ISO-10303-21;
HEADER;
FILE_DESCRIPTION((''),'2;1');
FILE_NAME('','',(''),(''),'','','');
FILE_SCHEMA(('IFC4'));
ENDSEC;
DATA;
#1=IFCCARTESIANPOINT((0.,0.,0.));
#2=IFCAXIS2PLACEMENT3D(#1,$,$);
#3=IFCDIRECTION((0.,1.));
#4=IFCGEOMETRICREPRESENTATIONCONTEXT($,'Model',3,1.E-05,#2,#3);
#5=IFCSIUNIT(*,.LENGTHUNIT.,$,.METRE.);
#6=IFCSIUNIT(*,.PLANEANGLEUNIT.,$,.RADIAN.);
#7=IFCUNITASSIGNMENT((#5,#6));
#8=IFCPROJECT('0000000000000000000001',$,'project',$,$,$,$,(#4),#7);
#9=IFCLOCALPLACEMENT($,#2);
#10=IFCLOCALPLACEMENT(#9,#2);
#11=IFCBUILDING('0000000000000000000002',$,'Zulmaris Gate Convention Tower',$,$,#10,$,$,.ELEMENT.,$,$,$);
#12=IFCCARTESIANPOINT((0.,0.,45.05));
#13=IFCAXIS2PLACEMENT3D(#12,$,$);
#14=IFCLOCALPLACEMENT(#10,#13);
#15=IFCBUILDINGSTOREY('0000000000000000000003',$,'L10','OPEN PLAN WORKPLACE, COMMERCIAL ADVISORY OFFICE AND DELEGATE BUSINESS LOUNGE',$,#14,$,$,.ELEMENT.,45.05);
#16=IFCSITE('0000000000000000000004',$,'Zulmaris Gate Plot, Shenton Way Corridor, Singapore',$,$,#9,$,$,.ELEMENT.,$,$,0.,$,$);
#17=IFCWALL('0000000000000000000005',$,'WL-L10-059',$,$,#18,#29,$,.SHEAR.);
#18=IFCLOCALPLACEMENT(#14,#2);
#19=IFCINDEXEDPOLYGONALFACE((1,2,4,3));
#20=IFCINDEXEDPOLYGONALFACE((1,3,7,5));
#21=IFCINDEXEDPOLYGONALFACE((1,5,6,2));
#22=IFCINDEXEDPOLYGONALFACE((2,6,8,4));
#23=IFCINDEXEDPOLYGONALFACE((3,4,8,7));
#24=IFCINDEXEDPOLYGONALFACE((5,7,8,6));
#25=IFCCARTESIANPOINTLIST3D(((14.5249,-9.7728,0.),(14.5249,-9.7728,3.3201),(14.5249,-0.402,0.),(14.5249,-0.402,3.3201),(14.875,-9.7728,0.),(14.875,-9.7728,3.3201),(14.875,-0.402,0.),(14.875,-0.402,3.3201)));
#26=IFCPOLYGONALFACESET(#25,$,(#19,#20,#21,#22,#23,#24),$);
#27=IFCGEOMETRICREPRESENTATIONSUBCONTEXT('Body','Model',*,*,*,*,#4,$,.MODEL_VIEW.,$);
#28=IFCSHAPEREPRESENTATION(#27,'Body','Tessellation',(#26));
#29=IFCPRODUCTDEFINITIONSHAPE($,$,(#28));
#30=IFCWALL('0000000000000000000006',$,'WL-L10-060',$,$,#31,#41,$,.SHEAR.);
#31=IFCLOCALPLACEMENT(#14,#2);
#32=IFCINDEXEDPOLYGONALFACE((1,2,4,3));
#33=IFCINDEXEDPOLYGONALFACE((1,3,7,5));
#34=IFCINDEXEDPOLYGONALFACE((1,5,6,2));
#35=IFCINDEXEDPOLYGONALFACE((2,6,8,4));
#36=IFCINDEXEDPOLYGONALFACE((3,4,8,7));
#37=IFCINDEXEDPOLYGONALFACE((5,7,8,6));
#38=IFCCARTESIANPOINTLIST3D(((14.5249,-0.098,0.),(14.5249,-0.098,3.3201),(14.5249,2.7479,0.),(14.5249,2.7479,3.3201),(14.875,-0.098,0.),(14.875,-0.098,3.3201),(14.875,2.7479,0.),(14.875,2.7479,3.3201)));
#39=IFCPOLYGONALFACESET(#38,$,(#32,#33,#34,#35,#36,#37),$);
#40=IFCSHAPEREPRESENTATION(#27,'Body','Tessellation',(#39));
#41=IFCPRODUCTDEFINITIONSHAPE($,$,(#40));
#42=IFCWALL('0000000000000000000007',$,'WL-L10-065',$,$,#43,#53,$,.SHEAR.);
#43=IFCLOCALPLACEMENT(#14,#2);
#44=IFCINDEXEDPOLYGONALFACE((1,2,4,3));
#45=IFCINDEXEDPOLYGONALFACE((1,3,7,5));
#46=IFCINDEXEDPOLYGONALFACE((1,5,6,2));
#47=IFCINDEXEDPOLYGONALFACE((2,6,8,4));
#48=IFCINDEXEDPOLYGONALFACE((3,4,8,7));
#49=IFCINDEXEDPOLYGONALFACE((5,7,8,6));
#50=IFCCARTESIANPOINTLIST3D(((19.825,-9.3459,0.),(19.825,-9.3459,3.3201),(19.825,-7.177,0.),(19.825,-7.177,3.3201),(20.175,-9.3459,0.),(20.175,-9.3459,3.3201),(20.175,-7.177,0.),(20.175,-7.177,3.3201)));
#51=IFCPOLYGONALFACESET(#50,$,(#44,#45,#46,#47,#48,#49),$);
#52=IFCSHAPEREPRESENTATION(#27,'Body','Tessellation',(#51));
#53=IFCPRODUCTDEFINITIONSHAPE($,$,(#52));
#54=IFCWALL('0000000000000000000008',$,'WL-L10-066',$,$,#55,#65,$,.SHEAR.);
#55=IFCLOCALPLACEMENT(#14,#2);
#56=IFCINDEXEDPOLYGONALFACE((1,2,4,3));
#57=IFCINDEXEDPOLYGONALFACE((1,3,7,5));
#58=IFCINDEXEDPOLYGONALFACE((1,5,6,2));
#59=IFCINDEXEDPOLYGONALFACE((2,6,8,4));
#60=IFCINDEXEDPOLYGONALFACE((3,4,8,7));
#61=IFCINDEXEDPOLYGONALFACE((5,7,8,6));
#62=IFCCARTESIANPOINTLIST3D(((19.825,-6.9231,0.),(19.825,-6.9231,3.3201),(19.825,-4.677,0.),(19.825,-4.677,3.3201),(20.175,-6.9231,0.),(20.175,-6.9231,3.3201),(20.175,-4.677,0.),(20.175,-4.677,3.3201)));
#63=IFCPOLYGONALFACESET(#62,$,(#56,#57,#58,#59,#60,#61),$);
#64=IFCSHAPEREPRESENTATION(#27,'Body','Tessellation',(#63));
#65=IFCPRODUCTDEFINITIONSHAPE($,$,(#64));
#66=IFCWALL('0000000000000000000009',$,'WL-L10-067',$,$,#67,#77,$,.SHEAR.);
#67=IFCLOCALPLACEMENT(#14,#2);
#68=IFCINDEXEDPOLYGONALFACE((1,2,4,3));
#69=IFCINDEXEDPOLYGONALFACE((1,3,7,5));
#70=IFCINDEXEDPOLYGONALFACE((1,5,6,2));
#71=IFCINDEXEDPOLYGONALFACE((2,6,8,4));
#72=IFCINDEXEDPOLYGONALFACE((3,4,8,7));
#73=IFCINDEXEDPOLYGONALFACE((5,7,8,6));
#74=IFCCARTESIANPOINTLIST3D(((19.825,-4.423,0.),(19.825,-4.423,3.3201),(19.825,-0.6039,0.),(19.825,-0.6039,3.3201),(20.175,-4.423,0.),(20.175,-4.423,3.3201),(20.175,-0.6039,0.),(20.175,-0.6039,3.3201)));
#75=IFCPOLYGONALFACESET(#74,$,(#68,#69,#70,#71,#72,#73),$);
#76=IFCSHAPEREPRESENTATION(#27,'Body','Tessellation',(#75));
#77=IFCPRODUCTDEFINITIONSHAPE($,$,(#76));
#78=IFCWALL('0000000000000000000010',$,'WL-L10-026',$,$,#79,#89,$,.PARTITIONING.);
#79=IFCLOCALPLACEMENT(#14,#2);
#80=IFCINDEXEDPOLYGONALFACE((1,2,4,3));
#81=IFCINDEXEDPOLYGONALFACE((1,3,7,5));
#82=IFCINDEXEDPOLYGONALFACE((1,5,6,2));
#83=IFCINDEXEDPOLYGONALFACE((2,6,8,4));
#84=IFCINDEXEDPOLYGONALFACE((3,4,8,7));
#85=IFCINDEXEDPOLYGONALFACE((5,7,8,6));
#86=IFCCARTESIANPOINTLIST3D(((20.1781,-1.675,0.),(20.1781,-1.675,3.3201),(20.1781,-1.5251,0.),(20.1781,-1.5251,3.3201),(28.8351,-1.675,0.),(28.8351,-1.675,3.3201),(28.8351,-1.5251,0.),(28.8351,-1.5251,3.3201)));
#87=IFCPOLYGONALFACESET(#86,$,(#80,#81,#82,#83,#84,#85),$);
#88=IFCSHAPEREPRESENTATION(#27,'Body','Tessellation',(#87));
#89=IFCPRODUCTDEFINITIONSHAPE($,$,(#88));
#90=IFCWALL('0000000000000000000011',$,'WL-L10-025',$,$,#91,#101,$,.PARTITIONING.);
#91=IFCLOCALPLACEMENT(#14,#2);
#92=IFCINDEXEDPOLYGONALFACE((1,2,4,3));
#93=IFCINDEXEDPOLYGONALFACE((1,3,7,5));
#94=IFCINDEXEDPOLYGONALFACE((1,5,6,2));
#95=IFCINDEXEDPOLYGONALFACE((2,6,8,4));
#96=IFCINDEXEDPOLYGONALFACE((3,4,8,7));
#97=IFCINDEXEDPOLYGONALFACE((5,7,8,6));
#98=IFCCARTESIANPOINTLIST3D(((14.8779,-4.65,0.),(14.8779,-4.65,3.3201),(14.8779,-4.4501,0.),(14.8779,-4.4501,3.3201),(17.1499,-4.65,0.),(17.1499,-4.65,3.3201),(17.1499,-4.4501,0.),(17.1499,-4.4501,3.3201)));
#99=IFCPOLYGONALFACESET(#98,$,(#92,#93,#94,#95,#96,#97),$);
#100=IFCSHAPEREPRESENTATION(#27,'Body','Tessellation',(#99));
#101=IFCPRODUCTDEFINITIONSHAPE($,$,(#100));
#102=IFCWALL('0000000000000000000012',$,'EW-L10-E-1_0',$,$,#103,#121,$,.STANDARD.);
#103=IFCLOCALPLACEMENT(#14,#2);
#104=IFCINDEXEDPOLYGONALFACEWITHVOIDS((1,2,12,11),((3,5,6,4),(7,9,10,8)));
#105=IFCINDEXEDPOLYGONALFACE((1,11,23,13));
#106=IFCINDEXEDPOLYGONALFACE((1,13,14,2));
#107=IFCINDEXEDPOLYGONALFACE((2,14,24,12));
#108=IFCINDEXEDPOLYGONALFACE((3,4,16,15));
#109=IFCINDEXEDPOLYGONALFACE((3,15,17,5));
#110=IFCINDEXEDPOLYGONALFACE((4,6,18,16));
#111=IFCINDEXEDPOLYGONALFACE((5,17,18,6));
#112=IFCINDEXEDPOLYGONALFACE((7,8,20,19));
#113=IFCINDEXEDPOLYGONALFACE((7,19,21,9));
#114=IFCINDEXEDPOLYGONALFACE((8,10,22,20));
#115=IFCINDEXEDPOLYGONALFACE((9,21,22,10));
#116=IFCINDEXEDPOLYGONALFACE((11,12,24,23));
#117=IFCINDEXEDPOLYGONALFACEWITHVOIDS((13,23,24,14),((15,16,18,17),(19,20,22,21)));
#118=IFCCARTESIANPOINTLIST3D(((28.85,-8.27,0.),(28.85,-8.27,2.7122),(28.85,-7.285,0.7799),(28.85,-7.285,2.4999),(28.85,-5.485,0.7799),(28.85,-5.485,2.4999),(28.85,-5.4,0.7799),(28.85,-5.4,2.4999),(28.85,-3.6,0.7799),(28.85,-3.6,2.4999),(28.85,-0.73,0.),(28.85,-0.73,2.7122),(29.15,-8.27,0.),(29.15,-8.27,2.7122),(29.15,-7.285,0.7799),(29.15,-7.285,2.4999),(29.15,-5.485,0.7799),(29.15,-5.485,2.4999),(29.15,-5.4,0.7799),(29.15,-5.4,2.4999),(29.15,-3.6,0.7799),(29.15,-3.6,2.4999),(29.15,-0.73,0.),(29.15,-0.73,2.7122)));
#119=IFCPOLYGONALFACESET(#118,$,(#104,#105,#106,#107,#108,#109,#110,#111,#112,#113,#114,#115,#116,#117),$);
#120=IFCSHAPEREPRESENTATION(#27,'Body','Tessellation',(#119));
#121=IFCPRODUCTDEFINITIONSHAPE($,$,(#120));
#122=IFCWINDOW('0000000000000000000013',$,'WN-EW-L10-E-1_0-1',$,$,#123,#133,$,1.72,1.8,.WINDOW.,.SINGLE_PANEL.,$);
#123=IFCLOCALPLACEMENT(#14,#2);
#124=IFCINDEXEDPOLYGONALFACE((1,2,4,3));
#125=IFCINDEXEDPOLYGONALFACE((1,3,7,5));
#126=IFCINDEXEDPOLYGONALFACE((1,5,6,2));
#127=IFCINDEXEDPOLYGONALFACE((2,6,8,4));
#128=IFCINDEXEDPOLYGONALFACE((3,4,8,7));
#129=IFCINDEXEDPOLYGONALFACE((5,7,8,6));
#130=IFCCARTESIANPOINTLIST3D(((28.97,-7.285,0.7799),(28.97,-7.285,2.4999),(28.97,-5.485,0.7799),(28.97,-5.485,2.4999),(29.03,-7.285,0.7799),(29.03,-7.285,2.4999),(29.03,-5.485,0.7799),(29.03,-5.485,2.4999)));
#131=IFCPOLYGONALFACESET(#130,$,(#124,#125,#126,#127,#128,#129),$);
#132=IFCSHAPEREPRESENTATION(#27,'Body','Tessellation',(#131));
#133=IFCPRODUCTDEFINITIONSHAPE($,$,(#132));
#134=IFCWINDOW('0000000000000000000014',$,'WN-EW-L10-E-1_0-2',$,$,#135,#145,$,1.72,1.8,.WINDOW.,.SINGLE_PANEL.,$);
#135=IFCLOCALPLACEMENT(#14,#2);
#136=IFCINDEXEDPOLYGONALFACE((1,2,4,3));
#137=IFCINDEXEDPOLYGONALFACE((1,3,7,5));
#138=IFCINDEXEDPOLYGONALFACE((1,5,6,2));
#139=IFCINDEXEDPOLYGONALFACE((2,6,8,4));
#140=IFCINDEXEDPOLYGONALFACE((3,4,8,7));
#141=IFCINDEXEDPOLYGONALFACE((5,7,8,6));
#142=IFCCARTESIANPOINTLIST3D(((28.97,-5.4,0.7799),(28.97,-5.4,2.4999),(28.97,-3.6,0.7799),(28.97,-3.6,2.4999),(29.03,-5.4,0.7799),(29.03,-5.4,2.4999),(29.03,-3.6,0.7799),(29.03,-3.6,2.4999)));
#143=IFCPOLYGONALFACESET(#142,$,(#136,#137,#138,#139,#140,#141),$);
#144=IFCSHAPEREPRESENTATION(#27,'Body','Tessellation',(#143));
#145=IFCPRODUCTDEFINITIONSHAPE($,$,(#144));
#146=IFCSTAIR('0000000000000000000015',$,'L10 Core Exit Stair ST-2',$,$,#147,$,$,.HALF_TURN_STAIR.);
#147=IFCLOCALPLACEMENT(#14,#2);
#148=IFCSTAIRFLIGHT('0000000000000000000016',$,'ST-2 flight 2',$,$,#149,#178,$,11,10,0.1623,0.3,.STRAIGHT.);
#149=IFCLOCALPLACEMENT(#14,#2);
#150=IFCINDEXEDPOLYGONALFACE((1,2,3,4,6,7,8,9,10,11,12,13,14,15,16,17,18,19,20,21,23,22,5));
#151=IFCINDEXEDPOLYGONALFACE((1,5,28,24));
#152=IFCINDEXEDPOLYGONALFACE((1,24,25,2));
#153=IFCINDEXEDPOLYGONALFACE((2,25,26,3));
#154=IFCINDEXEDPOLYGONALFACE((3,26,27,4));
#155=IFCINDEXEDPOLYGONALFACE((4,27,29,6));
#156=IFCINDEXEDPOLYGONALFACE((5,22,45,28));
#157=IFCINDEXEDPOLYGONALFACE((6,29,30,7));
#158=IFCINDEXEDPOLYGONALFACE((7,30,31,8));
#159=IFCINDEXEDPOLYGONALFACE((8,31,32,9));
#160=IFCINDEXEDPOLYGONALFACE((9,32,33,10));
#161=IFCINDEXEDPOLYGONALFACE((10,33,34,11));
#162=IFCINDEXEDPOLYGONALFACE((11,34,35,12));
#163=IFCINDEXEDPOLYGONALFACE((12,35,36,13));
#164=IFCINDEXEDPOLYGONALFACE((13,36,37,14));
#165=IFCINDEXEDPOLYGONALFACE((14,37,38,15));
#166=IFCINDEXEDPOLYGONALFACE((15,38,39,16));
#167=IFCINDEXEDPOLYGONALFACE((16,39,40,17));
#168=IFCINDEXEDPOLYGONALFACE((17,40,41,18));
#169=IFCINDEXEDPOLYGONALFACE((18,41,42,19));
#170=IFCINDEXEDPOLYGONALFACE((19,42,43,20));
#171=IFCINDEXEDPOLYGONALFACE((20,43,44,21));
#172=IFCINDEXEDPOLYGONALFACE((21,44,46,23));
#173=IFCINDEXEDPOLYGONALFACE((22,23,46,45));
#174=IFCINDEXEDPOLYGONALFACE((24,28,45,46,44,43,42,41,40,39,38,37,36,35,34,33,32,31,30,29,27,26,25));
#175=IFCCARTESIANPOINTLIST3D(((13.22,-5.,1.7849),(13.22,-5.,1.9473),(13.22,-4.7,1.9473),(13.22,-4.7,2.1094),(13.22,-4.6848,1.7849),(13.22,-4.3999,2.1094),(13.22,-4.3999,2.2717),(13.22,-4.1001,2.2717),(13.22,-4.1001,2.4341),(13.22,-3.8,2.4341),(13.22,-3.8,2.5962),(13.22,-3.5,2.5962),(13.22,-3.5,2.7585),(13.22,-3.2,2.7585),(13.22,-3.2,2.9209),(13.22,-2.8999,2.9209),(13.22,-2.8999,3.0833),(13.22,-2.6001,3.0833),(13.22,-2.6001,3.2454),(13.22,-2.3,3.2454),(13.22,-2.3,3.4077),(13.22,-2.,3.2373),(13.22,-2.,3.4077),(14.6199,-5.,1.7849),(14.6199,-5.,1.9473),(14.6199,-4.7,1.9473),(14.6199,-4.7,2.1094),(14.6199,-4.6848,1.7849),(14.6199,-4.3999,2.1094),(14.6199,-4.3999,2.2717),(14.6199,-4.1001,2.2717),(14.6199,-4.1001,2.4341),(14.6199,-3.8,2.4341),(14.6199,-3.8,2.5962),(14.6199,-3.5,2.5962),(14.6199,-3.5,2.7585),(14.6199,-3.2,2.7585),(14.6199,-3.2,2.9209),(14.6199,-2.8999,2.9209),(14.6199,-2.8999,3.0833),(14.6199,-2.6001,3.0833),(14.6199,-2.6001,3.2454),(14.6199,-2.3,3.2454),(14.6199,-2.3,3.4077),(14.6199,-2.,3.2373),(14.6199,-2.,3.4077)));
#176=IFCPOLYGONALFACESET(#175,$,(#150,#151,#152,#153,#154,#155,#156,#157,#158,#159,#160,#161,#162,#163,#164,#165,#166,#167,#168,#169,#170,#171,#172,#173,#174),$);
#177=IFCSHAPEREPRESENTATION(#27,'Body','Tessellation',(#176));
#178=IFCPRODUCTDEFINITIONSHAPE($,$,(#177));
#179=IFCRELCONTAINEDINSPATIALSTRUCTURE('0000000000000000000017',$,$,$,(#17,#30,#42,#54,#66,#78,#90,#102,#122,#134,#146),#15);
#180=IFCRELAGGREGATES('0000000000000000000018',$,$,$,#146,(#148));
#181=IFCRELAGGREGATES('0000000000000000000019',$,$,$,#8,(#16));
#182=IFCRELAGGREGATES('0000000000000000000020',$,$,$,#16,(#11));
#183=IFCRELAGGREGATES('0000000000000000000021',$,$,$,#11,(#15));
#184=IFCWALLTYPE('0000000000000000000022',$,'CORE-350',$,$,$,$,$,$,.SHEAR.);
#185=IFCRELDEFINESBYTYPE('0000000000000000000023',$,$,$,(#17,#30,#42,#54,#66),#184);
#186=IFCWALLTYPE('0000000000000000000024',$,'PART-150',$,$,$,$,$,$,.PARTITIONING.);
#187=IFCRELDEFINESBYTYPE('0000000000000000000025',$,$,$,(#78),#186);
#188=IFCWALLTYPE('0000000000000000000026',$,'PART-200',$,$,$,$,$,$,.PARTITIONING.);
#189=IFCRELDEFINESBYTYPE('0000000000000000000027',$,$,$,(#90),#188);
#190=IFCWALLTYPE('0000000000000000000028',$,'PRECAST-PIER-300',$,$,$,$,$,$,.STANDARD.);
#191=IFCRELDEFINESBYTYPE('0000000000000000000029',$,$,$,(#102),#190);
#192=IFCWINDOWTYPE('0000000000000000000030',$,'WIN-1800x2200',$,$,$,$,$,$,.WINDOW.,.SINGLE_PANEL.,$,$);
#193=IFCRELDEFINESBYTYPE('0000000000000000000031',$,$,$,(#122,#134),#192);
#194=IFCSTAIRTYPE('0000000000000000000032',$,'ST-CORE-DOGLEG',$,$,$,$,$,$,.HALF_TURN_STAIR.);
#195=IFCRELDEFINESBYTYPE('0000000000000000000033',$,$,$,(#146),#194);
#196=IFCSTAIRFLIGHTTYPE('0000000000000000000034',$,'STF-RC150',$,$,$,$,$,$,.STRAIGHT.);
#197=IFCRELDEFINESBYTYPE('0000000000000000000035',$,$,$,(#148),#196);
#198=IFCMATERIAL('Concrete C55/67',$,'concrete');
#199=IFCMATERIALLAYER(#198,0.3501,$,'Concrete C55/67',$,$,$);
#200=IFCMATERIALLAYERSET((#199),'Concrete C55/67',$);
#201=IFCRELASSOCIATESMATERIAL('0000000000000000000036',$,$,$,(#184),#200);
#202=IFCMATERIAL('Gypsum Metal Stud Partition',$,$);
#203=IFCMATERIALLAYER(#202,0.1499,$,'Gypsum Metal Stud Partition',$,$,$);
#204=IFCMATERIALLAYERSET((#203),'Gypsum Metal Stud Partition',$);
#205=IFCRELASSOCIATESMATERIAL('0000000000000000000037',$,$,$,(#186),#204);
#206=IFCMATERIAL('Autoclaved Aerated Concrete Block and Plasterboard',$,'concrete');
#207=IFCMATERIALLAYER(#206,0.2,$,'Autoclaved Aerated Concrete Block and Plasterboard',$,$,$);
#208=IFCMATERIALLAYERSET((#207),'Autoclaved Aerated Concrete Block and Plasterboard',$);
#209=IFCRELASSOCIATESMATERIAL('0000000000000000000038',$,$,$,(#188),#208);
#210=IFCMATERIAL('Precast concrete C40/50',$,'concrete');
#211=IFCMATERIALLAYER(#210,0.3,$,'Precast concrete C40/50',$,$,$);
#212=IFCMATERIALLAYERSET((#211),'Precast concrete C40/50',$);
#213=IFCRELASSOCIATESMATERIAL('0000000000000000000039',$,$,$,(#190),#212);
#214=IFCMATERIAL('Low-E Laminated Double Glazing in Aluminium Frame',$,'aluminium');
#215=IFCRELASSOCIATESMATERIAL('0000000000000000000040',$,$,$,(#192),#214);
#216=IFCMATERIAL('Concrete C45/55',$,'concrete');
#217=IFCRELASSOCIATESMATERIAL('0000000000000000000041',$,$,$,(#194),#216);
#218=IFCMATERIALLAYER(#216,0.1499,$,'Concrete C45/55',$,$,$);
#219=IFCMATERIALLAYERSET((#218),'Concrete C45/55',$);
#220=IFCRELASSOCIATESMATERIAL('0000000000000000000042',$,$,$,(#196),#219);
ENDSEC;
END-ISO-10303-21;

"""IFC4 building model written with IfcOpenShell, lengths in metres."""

from ifc_helpers import new_model, si_unit, direction, frame, frame_2d, origin, place, context, subcontext, project, spatial, polyline, rectangle, outline, extrude, material, layer, layer_set, type_object, element, fill, aggregate, save


model = new_model("IFC4")

# Units and contexts
model_context = context("Model", 3, precision=1e-05, world=origin(), true_north=direction((0.0, 1.0)))
body_context = subcontext(model_context, "Body", "Model", "MODEL_VIEW")
ifc_project = project(units=[si_unit("LENGTHUNIT", "METRE"), si_unit("PLANEANGLEUNIT", "RADIAN")], contexts=[model_context])

# Site, building, storey
site_placement = place(None, origin())
site = spatial("IfcSite", under=ifc_project, at=site_placement, Name="Zulmaris Gate Plot, Shenton Way Corridor, Singapore", CompositionType="ELEMENT", RefElevation=0.0)
building_placement = place(site_placement, origin())
building = spatial("IfcBuilding", under=site, at=building_placement, Name="Zulmaris Gate Convention Tower", CompositionType="ELEMENT")
storey_placement = place(building_placement, frame((0.0, 0.0, 45.05)))
storey = spatial("IfcBuildingStorey", under=building, at=storey_placement, Name="L10", Description="OPEN PLAN WORKPLACE, COMMERCIAL ADVISORY OFFICE AND DELEGATE BUSINESS LOUNGE", CompositionType="ELEMENT", Elevation=45.05)

# Walls
ifc_material_1 = material(Name="Concrete C55/67", Category="concrete")
ifc_layer_1 = layer(ifc_material_1, 0.3501, Name="Concrete C55/67")
ifc_layer_set_1 = layer_set([ifc_layer_1], Name="Concrete C55/67")
wall_type_1 = type_object("IfcWallType", Name="CORE-350", PredefinedType="SHEAR", material=ifc_layer_set_1)
wall_1_placement = place(storey_placement, frame((14.7, -9.7729, 0.0), z_axis=(0.0, 0.0, 1.0), x_axis=(0.0, 1.0, 0.0)))
element("IfcWall", 1, at=wall_1_placement, inside=storey, type_object=wall_type_1, Name="WL-L10-059", PredefinedType="SHEAR", context=body_context, shape_type="SweptSolid", body=[
    extrude(rectangle(XDim=9.3708, YDim=0.3501, at=frame_2d((4.6855, 0.0))), origin(), (0.0, 0.0, 1.0), 3.3201),
])
wall_2_placement = place(storey_placement, frame((14.7, -0.0979, 0.0), z_axis=(0.0, 0.0, 1.0), x_axis=(0.0, 1.0, 0.0)))
element("IfcWall", 2, at=wall_2_placement, inside=storey, type_object=wall_type_1, Name="WL-L10-060", PredefinedType="SHEAR", context=body_context, shape_type="SweptSolid", body=[
    extrude(rectangle(XDim=2.8459, YDim=0.3501, at=frame_2d((1.4229, 0.0))), origin(), (0.0, 0.0, 1.0), 3.3201),
])
wall_3_placement = place(storey_placement, frame((20.0, -9.3459, 0.0), z_axis=(0.0, 0.0, 1.0), x_axis=(0.0, 1.0, 0.0)))
element("IfcWall", 3, at=wall_3_placement, inside=storey, type_object=wall_type_1, Name="WL-L10-065", PredefinedType="SHEAR", context=body_context, shape_type="SweptSolid", body=[
    extrude(rectangle(XDim=2.1689, YDim=0.3501, at=frame_2d((1.0845, 0.0))), origin(), (0.0, 0.0, 1.0), 3.3201),
])
wall_4_placement = place(storey_placement, frame((20.0, -6.9231, 0.0), z_axis=(0.0, 0.0, 1.0), x_axis=(0.0, 1.0, 0.0)))
element("IfcWall", 4, at=wall_4_placement, inside=storey, type_object=wall_type_1, Name="WL-L10-066", PredefinedType="SHEAR", context=body_context, shape_type="SweptSolid", body=[
    extrude(rectangle(XDim=2.2461, YDim=0.3501, at=frame_2d((1.123, 0.0))), origin(), (0.0, 0.0, 1.0), 3.3201),
])
wall_5_placement = place(storey_placement, frame((20.0, -4.4231, 0.0), z_axis=(0.0, 0.0, 1.0), x_axis=(0.0, 1.0, 0.0)))
element("IfcWall", 5, at=wall_5_placement, inside=storey, type_object=wall_type_1, Name="WL-L10-067", PredefinedType="SHEAR", context=body_context, shape_type="SweptSolid", body=[
    extrude(rectangle(XDim=3.8191, YDim=0.3501, at=frame_2d((1.9097, 0.0))), origin(), (0.0, 0.0, 1.0), 3.3201),
])
ifc_material_2 = material(Name="Gypsum Metal Stud Partition")
ifc_layer_2 = layer(ifc_material_2, 0.1499, Name="Gypsum Metal Stud Partition")
ifc_layer_set_2 = layer_set([ifc_layer_2], Name="Gypsum Metal Stud Partition")
wall_type_2 = type_object("IfcWallType", Name="PART-150", PredefinedType="PARTITIONING", material=ifc_layer_set_2)
wall_6_placement = place(storey_placement, frame((20.178, -1.6001, 0.0), z_axis=(0.0, 0.0, 1.0), x_axis=(1.0, 0.0, 0.0)))
element("IfcWall", 6, at=wall_6_placement, inside=storey, type_object=wall_type_2, Name="WL-L10-026", PredefinedType="PARTITIONING", context=body_context, shape_type="SweptSolid", body=[
    extrude(rectangle(XDim=8.657, YDim=0.1499, at=frame_2d((4.3286, 0.0))), origin(), (0.0, 0.0, 1.0), 3.3201),
])
ifc_material_3 = material(Name="Autoclaved Aerated Concrete Block and Plasterboard", Category="concrete")
ifc_layer_3 = layer(ifc_material_3, 0.2, Name="Autoclaved Aerated Concrete Block and Plasterboard")
ifc_layer_set_3 = layer_set([ifc_layer_3], Name="Autoclaved Aerated Concrete Block and Plasterboard")
wall_type_3 = type_object("IfcWallType", Name="PART-200", PredefinedType="PARTITIONING", material=ifc_layer_set_3)
wall_7_placement = place(storey_placement, frame((14.8779, -4.55, 0.0), z_axis=(0.0, 0.0, 1.0), x_axis=(1.0, 0.0, 0.0)))
element("IfcWall", 7, at=wall_7_placement, inside=storey, type_object=wall_type_3, Name="WL-L10-025", PredefinedType="PARTITIONING", context=body_context, shape_type="SweptSolid", body=[
    extrude(rectangle(XDim=2.272, YDim=0.2, at=frame_2d((1.136, 0.0))), origin(), (0.0, 0.0, 1.0), 3.3201),
])

# Wall, openings, windows
ifc_material_4 = material(Name="Precast concrete C40/50", Category="concrete")
ifc_layer_4 = layer(ifc_material_4, 0.3, Name="Precast concrete C40/50")
ifc_layer_set_4 = layer_set([ifc_layer_4], Name="Precast concrete C40/50")
wall_type_4 = type_object("IfcWallType", Name="PRECAST-PIER-300", PredefinedType="STANDARD", material=ifc_layer_set_4)
wall_8_placement = place(storey_placement, frame((29.0, -8.27, 0.0), z_axis=(0.0, 0.0, 1.0), x_axis=(0.0, 1.0, 0.0)))
wall_8 = element("IfcWall", 8, at=wall_8_placement, inside=storey, type_object=wall_type_4, Name="EW-L10-E-1_0", PredefinedType="STANDARD", context=body_context, shape_type="SweptSolid", body=[
    extrude(rectangle(XDim=7.54, YDim=0.3, at=frame_2d((3.77, 0.0))), origin(), (0.0, 0.0, 1.0), 2.7122),
])
opening_1_placement = place(wall_8_placement, frame((0.9851, 0.0, 0.78)))
opening_1 = element("IfcOpeningElement", 9, at=opening_1_placement, cuts=wall_8, PredefinedType="OPENING", context=body_context, shape_type="SweptSolid", body=[
    extrude(rectangle(XDim=1.8, YDim=1.72, at=frame_2d((0.8999, 0.8599))), frame((0.0, 0.1602, 0.0), z_axis=(0.0, -1.0, 0.0), x_axis=(1.0, 0.0, 0.0)), (0.0, 0.0, 1.0), 0.3201),
])
opening_2_placement = place(wall_8_placement, frame((2.8701, 0.0, 0.78)))
opening_2 = element("IfcOpeningElement", 10, at=opening_2_placement, cuts=wall_8, PredefinedType="OPENING", context=body_context, shape_type="SweptSolid", body=[
    extrude(rectangle(XDim=1.8, YDim=1.72, at=frame_2d((0.8999, 0.8599))), frame((0.0, 0.1602, 0.0), z_axis=(0.0, -1.0, 0.0), x_axis=(1.0, 0.0, 0.0)), (0.0, 0.0, 1.0), 0.3201),
])
ifc_material_5 = material(Name="Low-E Laminated Double Glazing in Aluminium Frame", Category="aluminium")
window_type = type_object("IfcWindowType", Name="WIN-1800x2200", PartitioningType="SINGLE_PANEL", PredefinedType="WINDOW", material=ifc_material_5)
window_1_placement = place(opening_1_placement, origin())
window_1 = element("IfcWindow", 11, at=window_1_placement, inside=storey, type_object=window_type, Name="WN-EW-L10-E-1_0-1", OverallHeight=1.72, OverallWidth=1.8, PartitioningType="SINGLE_PANEL", PredefinedType="WINDOW", context=body_context, shape_type="SweptSolid", body=[
    extrude(rectangle(XDim=1.8, YDim=1.72, at=frame_2d((0.8999, 0.8599))), frame((0.0, 0.03, 0.0), z_axis=(0.0, -1.0, 0.0), x_axis=(1.0, 0.0, 0.0)), (0.0, 0.0, 1.0), 0.0601),
])
fill(opening_1, window_1)
window_2_placement = place(opening_2_placement, origin())
window_2 = element("IfcWindow", 12, at=window_2_placement, inside=storey, type_object=window_type, Name="WN-EW-L10-E-1_0-2", OverallHeight=1.72, OverallWidth=1.8, PartitioningType="SINGLE_PANEL", PredefinedType="WINDOW", context=body_context, shape_type="SweptSolid", body=[
    extrude(rectangle(XDim=1.8, YDim=1.72, at=frame_2d((0.8999, 0.8599))), frame((0.0, 0.03, 0.0), z_axis=(0.0, -1.0, 0.0), x_axis=(1.0, 0.0, 0.0)), (0.0, 0.0, 1.0), 0.0601),
])
fill(opening_2, window_2)

# Stair, stair flight
ifc_material_6 = material(Name="Concrete C45/55", Category="concrete")
stair_type = type_object("IfcStairType", Name="ST-CORE-DOGLEG", PredefinedType="HALF_TURN_STAIR", material=ifc_material_6)
stair_placement = place(storey_placement, origin())
stair = element("IfcStair", 13, at=stair_placement, inside=storey, type_object=stair_type, Name="L10 Core Exit Stair ST-2", PredefinedType="HALF_TURN_STAIR")
ifc_layer_5 = layer(ifc_material_6, 0.1499, Name="Concrete C45/55")
ifc_layer_set_5 = layer_set([ifc_layer_5], Name="Concrete C45/55")
stair_flight_type = type_object("IfcStairFlightType", Name="STF-RC150", PredefinedType="STRAIGHT", material=ifc_layer_set_5)
stair_flight_placement = place(storey_placement, frame((13.9199, -5.0, 1.7849), z_axis=(0.0, 0.0, 1.0), x_axis=(0.0, 1.0, 0.0)))
stair_flight = element("IfcStairFlight", 14, at=stair_flight_placement, type_object=stair_flight_type, Name="ST-2 flight 2", NumberOfRisers=11, NumberOfTreads=10, PredefinedType="STRAIGHT", RiserHeight=0.1623, TreadLength=0.3, context=body_context, shape_type="SweptSolid", body=[
    extrude(outline(polyline([(0.0, 0.0), (0.0, 0.1624), (0.3, 0.1624), (0.3, 0.3245), (0.6001, 0.3245), (0.6001, 0.4868), (0.8999, 0.4868), (0.8999, 0.6492), (1.2, 0.6492), (1.2, 0.8113), (1.5, 0.8113), (1.5, 0.9736), (1.8, 0.9736), (1.8, 1.136), (2.1001, 1.136), (2.1001, 1.2983), (2.3999, 1.2983), (2.3999, 1.4604), (2.7, 1.4604), (2.7, 1.6228), (3.0, 1.6228), (3.0, 1.7852), (3.0, 1.4524), (0.3152, 0.0), (0.0, 0.0)])), frame((0.0, 0.7, 0.0), z_axis=(0.0, -1.0, 0.0), x_axis=(1.0, 0.0, 0.0)), (0.0, 0.0, 1.0), 1.3999),
])
aggregate(stair, [stair_flight])

save(model, "model.ifc")
